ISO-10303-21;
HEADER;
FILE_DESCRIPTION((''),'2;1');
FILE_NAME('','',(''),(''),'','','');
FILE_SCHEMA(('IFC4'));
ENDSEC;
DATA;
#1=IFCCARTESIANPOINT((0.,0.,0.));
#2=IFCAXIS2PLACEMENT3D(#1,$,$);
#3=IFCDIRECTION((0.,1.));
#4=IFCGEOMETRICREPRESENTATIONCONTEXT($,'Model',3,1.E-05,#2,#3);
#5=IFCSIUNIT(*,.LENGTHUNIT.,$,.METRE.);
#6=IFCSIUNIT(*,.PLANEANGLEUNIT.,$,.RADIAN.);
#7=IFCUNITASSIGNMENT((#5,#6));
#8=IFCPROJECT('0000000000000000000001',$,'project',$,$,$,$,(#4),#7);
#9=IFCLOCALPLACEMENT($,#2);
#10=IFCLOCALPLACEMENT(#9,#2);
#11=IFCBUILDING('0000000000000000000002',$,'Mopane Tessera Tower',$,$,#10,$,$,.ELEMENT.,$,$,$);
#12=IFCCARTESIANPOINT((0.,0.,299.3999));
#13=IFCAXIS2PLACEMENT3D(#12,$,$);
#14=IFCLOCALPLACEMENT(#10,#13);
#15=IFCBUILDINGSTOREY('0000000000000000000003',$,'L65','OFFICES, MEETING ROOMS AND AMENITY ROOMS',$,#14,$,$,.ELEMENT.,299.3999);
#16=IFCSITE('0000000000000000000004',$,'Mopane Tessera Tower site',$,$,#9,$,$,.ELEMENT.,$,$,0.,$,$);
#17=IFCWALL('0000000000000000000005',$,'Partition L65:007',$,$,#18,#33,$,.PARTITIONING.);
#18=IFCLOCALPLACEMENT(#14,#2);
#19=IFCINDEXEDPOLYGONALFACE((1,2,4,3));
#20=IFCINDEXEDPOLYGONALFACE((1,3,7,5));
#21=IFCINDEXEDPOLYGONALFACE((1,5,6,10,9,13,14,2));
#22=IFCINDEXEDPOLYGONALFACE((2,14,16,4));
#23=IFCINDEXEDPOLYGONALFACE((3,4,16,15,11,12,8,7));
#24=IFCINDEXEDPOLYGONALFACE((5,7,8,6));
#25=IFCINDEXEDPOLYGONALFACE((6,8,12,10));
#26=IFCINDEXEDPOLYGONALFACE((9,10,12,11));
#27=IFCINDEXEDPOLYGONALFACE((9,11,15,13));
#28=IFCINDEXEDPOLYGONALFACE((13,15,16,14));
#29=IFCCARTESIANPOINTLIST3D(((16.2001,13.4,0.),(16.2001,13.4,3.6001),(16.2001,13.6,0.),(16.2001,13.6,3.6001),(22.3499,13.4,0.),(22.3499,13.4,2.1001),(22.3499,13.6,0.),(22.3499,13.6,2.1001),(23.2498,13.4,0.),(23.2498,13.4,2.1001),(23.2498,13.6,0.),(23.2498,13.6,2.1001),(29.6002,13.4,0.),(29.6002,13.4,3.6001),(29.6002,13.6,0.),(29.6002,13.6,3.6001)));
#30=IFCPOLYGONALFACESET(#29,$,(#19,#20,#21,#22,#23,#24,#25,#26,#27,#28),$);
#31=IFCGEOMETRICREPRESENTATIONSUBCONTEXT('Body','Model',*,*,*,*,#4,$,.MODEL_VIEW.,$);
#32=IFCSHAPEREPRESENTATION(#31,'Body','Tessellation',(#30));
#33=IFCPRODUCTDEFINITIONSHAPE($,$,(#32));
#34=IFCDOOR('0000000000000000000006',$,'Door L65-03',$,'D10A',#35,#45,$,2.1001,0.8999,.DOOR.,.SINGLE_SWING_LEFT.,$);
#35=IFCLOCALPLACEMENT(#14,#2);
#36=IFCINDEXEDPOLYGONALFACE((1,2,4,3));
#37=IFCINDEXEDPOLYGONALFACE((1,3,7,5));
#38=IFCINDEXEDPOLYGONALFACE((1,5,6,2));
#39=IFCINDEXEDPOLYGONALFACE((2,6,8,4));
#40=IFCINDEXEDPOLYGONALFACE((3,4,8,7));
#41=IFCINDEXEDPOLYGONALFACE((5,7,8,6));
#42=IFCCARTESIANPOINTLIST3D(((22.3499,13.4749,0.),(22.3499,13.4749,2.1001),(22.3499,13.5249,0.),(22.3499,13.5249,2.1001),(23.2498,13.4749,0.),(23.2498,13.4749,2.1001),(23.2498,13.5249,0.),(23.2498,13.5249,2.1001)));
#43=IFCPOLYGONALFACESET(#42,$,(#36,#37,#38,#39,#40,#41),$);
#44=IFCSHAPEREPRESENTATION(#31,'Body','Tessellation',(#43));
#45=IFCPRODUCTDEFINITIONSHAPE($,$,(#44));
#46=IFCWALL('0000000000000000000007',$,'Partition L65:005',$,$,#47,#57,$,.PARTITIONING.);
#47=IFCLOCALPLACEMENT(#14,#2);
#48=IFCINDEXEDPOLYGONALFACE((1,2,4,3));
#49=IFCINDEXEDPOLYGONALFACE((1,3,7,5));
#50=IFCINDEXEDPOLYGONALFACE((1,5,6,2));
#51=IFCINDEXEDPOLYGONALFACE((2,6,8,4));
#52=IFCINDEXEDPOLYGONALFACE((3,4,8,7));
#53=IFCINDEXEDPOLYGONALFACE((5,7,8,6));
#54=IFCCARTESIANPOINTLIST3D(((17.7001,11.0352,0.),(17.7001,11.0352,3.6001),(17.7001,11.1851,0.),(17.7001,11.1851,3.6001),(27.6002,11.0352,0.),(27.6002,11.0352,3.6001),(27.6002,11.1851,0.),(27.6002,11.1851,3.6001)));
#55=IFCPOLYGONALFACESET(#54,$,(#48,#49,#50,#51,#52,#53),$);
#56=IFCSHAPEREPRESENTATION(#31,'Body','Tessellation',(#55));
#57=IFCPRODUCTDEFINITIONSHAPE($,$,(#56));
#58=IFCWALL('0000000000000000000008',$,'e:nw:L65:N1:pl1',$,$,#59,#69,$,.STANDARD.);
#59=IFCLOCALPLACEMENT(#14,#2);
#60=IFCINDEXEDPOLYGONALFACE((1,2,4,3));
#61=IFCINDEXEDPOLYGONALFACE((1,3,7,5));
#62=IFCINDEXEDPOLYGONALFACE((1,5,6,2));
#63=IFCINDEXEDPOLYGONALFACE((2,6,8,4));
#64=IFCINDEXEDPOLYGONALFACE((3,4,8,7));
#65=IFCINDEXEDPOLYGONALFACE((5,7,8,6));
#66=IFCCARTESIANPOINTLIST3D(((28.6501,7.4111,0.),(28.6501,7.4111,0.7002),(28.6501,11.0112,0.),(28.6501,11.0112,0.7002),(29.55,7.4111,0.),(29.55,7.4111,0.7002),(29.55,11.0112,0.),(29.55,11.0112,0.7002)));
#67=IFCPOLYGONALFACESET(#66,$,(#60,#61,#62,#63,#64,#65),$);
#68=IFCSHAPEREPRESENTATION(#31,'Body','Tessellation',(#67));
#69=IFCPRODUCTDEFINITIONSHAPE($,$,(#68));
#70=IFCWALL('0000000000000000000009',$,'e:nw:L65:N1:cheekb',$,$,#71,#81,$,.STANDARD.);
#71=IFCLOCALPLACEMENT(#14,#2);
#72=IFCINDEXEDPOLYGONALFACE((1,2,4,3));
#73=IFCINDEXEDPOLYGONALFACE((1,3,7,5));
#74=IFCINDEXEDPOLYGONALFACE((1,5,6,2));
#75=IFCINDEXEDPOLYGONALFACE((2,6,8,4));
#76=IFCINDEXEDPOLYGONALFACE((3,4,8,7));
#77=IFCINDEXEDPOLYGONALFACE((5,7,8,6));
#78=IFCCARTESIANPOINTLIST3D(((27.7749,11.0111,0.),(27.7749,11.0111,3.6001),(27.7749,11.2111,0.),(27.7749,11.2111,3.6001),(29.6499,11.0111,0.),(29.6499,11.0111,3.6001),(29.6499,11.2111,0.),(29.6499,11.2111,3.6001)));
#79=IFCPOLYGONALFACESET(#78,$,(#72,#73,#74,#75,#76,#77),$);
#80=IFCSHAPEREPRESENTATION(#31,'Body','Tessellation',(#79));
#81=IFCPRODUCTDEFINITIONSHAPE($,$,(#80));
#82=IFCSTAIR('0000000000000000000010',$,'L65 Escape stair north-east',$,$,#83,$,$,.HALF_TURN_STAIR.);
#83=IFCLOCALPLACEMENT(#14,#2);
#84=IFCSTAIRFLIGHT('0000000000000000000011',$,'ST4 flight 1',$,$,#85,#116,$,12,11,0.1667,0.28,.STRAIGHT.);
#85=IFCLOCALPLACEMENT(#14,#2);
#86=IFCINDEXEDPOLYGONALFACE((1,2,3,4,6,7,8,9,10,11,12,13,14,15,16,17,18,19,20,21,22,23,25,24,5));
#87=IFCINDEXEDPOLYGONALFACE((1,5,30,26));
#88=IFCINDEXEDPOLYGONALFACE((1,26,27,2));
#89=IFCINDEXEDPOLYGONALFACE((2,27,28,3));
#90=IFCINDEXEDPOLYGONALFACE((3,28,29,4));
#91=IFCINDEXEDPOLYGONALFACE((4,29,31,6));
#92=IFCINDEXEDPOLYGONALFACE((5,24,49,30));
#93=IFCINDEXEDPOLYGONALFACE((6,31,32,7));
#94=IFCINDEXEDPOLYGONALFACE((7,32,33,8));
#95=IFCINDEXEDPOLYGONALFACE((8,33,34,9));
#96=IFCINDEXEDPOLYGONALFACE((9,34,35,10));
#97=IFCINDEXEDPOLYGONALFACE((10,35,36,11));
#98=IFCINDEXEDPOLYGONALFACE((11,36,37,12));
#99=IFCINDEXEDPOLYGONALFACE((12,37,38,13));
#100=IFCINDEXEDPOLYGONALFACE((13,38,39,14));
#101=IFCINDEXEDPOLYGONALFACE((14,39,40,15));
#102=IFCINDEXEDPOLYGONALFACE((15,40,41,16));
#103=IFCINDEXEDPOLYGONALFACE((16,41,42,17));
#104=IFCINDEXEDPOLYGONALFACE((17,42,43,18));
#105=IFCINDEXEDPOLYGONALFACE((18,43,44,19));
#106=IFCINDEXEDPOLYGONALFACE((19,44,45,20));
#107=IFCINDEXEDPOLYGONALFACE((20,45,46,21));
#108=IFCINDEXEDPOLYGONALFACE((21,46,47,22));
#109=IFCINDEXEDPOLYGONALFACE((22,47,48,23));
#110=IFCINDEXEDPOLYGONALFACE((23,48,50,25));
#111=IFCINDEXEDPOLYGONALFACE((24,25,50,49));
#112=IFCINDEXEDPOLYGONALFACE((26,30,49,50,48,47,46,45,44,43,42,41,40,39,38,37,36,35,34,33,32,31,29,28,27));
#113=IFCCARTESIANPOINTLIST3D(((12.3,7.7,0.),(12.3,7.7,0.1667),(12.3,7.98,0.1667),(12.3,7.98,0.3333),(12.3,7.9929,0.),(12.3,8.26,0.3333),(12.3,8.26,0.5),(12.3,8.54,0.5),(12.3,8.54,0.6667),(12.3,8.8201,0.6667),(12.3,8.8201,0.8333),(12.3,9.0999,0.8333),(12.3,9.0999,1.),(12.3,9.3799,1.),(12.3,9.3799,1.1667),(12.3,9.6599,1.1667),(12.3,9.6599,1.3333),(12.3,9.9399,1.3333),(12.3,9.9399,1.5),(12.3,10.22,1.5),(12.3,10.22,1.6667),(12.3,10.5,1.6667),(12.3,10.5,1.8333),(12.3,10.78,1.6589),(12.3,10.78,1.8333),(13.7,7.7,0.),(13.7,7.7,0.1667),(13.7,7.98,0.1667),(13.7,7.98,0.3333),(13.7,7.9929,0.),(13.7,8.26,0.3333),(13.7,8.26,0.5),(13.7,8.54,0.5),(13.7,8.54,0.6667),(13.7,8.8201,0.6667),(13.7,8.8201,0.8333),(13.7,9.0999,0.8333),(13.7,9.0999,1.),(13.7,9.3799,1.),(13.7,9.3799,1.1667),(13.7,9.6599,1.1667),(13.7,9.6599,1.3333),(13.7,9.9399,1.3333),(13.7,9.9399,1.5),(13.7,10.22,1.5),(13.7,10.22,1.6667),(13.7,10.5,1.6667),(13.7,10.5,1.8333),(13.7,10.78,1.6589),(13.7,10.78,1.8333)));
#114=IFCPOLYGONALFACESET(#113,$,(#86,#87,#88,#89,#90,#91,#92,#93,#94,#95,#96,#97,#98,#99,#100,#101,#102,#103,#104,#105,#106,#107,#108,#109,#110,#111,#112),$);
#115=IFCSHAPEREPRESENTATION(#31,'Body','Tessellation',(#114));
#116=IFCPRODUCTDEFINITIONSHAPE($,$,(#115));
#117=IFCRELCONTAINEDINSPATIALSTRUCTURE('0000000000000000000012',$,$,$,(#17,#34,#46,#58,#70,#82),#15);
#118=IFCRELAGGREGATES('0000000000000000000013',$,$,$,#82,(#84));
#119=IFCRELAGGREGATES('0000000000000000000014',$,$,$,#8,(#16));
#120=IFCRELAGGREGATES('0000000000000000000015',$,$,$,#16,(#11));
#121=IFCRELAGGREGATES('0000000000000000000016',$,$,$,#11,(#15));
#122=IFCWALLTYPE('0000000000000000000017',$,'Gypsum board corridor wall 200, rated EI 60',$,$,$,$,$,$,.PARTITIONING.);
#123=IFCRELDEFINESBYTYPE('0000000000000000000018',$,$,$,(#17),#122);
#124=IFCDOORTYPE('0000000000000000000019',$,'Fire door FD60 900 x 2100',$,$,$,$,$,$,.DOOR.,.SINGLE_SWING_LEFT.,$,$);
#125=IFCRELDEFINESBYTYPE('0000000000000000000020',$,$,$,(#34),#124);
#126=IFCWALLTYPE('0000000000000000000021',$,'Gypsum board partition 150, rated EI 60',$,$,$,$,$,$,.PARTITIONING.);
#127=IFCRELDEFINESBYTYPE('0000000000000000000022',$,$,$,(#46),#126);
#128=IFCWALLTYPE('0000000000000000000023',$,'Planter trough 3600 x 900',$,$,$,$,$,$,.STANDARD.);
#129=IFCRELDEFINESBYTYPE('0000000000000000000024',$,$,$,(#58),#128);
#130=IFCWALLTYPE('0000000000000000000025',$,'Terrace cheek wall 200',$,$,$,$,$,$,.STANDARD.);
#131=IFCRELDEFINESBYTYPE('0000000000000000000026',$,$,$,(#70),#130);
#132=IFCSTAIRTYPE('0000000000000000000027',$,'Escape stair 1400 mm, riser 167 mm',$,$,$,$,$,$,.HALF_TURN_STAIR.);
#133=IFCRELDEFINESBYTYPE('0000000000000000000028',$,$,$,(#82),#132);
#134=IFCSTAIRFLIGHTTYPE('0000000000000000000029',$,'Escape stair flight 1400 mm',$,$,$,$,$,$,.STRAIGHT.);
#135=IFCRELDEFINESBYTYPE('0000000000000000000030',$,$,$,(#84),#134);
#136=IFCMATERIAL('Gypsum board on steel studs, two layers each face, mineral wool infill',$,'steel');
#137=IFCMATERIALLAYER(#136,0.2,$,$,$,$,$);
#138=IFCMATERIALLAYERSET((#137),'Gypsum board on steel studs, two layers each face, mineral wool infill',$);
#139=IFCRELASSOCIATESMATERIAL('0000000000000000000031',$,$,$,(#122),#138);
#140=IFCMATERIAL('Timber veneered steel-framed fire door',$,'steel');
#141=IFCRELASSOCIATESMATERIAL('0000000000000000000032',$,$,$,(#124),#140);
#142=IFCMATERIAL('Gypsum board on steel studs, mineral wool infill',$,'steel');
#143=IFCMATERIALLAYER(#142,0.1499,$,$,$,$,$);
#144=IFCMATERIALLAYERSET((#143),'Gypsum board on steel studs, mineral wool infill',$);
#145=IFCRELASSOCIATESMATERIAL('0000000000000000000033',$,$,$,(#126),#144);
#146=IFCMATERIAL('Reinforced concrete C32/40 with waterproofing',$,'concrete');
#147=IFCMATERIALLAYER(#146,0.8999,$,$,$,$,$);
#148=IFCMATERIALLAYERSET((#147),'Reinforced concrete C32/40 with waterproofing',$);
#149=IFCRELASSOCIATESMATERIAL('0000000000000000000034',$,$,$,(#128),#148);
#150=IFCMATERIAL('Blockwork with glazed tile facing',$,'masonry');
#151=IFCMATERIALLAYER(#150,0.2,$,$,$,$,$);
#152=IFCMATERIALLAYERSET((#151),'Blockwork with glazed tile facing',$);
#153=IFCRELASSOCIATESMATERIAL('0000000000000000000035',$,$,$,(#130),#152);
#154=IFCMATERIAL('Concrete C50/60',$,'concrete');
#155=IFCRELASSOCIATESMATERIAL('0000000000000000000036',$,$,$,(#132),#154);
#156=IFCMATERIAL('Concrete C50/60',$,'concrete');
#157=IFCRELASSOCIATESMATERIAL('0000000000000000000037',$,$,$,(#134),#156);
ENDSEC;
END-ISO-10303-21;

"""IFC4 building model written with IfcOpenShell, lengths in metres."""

from ifc_helpers import new_model, si_unit, direction, frame, frame_2d, origin, place, context, subcontext, project, spatial, polyline, rectangle, outline, extrude, material, layer, layer_set, type_object, element, fill, aggregate, save


model = new_model("IFC4")

# Units and contexts
model_context = context("Model", 3, precision=1e-05, world=origin(), true_north=direction((0.0, 1.0)))
body_context = subcontext(model_context, "Body", "Model", "MODEL_VIEW")
ifc_project = project(units=[si_unit("LENGTHUNIT", "METRE"), si_unit("PLANEANGLEUNIT", "RADIAN")], contexts=[model_context])

# Site, building, storey
site_placement = place(None, origin())
site = spatial("IfcSite", under=ifc_project, at=site_placement, Name="Mopane Tessera Tower site", CompositionType="ELEMENT", RefElevation=0.0)
building_placement = place(site_placement, origin())
building = spatial("IfcBuilding", under=site, at=building_placement, Name="Mopane Tessera Tower", CompositionType="ELEMENT")
storey_placement = place(building_placement, frame((0.0, 0.0, 299.3999)))
storey = spatial("IfcBuildingStorey", under=building, at=storey_placement, Name="L65", Description="OFFICES, MEETING ROOMS AND AMENITY ROOMS", CompositionType="ELEMENT", Elevation=299.3999)

# Wall, opening, door
ifc_material_1 = material(Name="Gypsum board on steel studs, two layers each face, mineral wool infill", Category="steel")
ifc_layer_1 = layer(ifc_material_1, 0.2)
ifc_layer_set_1 = layer_set([ifc_layer_1], Name="Gypsum board on steel studs, two layers each face, mineral wool infill")
wall_type_1 = type_object("IfcWallType", Name="Gypsum board corridor wall 200, rated EI 60", PredefinedType="PARTITIONING", material=ifc_layer_set_1)
wall_1_placement = place(storey_placement, frame((16.2, 13.5, 0.0), z_axis=(0.0, 0.0, 1.0), x_axis=(1.0, 0.0, 0.0)))
wall_1 = element("IfcWall", 1, at=wall_1_placement, inside=storey, type_object=wall_type_1, Name="Partition L65:007", PredefinedType="PARTITIONING", context=body_context, shape_type="SweptSolid", body=[
    extrude(rectangle(XDim=13.4001, YDim=0.2, at=frame_2d((6.7002, 0.0))), origin(), (0.0, 0.0, 1.0), 3.6001),
])
opening_placement = place(wall_1_placement, frame((6.1499, 0.0, 0.0)))
opening = element("IfcOpeningElement", 2, at=opening_placement, cuts=wall_1, PredefinedType="OPENING", context=body_context, shape_type="SweptSolid", body=[
    extrude(rectangle(XDim=0.8999, YDim=2.1001, at=frame_2d((0.45, 1.05))), frame((0.0, 0.1121, 0.0), z_axis=(0.0, -1.0, 0.0), x_axis=(1.0, 0.0, 0.0)), (0.0, 0.0, 1.0), 0.2239),
])
ifc_material_2 = material(Name="Timber veneered steel-framed fire door", Category="steel")
door_type = type_object("IfcDoorType", Name="Fire door FD60 900 x 2100", OperationType="SINGLE_SWING_LEFT", PredefinedType="DOOR", material=ifc_material_2)
door_placement = place(opening_placement, origin())
door = element("IfcDoor", 3, at=door_placement, inside=storey, type_object=door_type, Name="Door L65-03", ObjectType="D10A", OperationType="SINGLE_SWING_LEFT", OverallHeight=2.1001, OverallWidth=0.8999, PredefinedType="DOOR", context=body_context, shape_type="SweptSolid", body=[
    extrude(rectangle(XDim=0.8999, YDim=2.1001, at=frame_2d((0.45, 1.05))), frame((0.0, 0.0249, 0.0), z_axis=(0.0, -1.0, 0.0), x_axis=(1.0, 0.0, 0.0)), (0.0, 0.0, 1.0), 0.05),
])
fill(opening, door)

# Walls
ifc_material_3 = material(Name="Gypsum board on steel studs, mineral wool infill", Category="steel")
ifc_layer_2 = layer(ifc_material_3, 0.1499)
ifc_layer_set_2 = layer_set([ifc_layer_2], Name="Gypsum board on steel studs, mineral wool infill")
wall_type_2 = type_object("IfcWallType", Name="Gypsum board partition 150, rated EI 60", PredefinedType="PARTITIONING", material=ifc_layer_set_2)
wall_2_placement = place(storey_placement, frame((17.7, 11.1101, 0.0), z_axis=(0.0, 0.0, 1.0), x_axis=(1.0, 0.0, 0.0)))
element("IfcWall", 4, at=wall_2_placement, inside=storey, type_object=wall_type_2, Name="Partition L65:005", PredefinedType="PARTITIONING", context=body_context, shape_type="SweptSolid", body=[
    extrude(rectangle(XDim=9.9001, YDim=0.1499, at=frame_2d((4.9502, 0.0))), origin(), (0.0, 0.0, 1.0), 3.6001),
])
ifc_material_4 = material(Name="Reinforced concrete C32/40 with waterproofing", Category="concrete")
ifc_layer_3 = layer(ifc_material_4, 0.8999)
ifc_layer_set_3 = layer_set([ifc_layer_3], Name="Reinforced concrete C32/40 with waterproofing")
wall_type_3 = type_object("IfcWallType", Name="Planter trough 3600 x 900", PredefinedType="STANDARD", material=ifc_layer_set_3)
wall_3_placement = place(storey_placement, frame((29.1001, 7.4111, 0.0), z_axis=(0.0, 0.0, 1.0), x_axis=(0.0, 1.0, 0.0)))
element("IfcWall", 5, at=wall_3_placement, inside=storey, type_object=wall_type_3, Name="e:nw:L65:N1:pl1", PredefinedType="STANDARD", context=body_context, shape_type="SweptSolid", body=[
    extrude(rectangle(XDim=3.6001, YDim=0.8999, at=frame_2d((1.8, 0.0))), origin(), (0.0, 0.0, 1.0), 0.7002),
])
ifc_material_5 = material(Name="Blockwork with glazed tile facing", Category="masonry")
ifc_layer_4 = layer(ifc_material_5, 0.2)
ifc_layer_set_4 = layer_set([ifc_layer_4], Name="Blockwork with glazed tile facing")
wall_type_4 = type_object("IfcWallType", Name="Terrace cheek wall 200", PredefinedType="STANDARD", material=ifc_layer_set_4)
wall_4_placement = place(storey_placement, frame((29.6499, 11.1111, 0.0), z_axis=(0.0, 0.0, 1.0), x_axis=(-1.0, 0.0, 0.0)))
element("IfcWall", 6, at=wall_4_placement, inside=storey, type_object=wall_type_4, Name="e:nw:L65:N1:cheekb", PredefinedType="STANDARD", context=body_context, shape_type="SweptSolid", body=[
    extrude(rectangle(XDim=1.875, YDim=0.2, at=frame_2d((0.9375, 0.0))), origin(), (0.0, 0.0, 1.0), 3.6001),
])

# Stair, stair flight
ifc_material_6 = material(Name="Concrete C50/60", Category="concrete")
stair_type = type_object("IfcStairType", Name="Escape stair 1400 mm, riser 167 mm", PredefinedType="HALF_TURN_STAIR", material=ifc_material_6)
stair_placement = place(storey_placement, origin())
stair = element("IfcStair", 7, at=stair_placement, inside=storey, type_object=stair_type, Name="L65 Escape stair north-east", PredefinedType="HALF_TURN_STAIR")
ifc_material_7 = material(Name="Concrete C50/60", Category="concrete")
stair_flight_type = type_object("IfcStairFlightType", Name="Escape stair flight 1400 mm", PredefinedType="STRAIGHT", material=ifc_material_7)
stair_flight_placement = place(storey_placement, frame((13.0, 7.7, 0.0), z_axis=(0.0, 0.0, 1.0), x_axis=(0.0, 1.0, 0.0)))
stair_flight = element("IfcStairFlight", 8, at=stair_flight_placement, type_object=stair_flight_type, Name="ST4 flight 1", NumberOfRisers=12, NumberOfTreads=11, PredefinedType="STRAIGHT", RiserHeight=0.1667, TreadLength=0.28, context=body_context, shape_type="SweptSolid", body=[
    extrude(outline(polyline([(0.0, 0.0), (0.0, 0.1667), (0.28, 0.1667), (0.28, 0.3333), (0.5601, 0.3333), (0.5601, 0.5), (0.8401, 0.5), (0.8401, 0.6667), (1.1201, 0.6667), (1.1201, 0.8333), (1.3999, 0.8333), (1.3999, 1.0), (1.6799, 1.0), (1.6799, 1.1667), (1.96, 1.1667), (1.96, 1.3333), (2.24, 1.3333), (2.24, 1.5), (2.52, 1.5), (2.52, 1.6667), (2.8, 1.6667), (2.8, 1.8333), (3.0801, 1.8333), (3.0801, 2.0), (3.0801, 1.6589), (0.293, 0.0), (0.0, 0.0)])), frame((0.0, 0.7, 0.0), z_axis=(0.0, -1.0, 0.0), x_axis=(1.0, 0.0, 0.0)), (0.0, 0.0, 1.0), 1.3999),
])
aggregate(stair, [stair_flight])

save(model, "model.ifc")
